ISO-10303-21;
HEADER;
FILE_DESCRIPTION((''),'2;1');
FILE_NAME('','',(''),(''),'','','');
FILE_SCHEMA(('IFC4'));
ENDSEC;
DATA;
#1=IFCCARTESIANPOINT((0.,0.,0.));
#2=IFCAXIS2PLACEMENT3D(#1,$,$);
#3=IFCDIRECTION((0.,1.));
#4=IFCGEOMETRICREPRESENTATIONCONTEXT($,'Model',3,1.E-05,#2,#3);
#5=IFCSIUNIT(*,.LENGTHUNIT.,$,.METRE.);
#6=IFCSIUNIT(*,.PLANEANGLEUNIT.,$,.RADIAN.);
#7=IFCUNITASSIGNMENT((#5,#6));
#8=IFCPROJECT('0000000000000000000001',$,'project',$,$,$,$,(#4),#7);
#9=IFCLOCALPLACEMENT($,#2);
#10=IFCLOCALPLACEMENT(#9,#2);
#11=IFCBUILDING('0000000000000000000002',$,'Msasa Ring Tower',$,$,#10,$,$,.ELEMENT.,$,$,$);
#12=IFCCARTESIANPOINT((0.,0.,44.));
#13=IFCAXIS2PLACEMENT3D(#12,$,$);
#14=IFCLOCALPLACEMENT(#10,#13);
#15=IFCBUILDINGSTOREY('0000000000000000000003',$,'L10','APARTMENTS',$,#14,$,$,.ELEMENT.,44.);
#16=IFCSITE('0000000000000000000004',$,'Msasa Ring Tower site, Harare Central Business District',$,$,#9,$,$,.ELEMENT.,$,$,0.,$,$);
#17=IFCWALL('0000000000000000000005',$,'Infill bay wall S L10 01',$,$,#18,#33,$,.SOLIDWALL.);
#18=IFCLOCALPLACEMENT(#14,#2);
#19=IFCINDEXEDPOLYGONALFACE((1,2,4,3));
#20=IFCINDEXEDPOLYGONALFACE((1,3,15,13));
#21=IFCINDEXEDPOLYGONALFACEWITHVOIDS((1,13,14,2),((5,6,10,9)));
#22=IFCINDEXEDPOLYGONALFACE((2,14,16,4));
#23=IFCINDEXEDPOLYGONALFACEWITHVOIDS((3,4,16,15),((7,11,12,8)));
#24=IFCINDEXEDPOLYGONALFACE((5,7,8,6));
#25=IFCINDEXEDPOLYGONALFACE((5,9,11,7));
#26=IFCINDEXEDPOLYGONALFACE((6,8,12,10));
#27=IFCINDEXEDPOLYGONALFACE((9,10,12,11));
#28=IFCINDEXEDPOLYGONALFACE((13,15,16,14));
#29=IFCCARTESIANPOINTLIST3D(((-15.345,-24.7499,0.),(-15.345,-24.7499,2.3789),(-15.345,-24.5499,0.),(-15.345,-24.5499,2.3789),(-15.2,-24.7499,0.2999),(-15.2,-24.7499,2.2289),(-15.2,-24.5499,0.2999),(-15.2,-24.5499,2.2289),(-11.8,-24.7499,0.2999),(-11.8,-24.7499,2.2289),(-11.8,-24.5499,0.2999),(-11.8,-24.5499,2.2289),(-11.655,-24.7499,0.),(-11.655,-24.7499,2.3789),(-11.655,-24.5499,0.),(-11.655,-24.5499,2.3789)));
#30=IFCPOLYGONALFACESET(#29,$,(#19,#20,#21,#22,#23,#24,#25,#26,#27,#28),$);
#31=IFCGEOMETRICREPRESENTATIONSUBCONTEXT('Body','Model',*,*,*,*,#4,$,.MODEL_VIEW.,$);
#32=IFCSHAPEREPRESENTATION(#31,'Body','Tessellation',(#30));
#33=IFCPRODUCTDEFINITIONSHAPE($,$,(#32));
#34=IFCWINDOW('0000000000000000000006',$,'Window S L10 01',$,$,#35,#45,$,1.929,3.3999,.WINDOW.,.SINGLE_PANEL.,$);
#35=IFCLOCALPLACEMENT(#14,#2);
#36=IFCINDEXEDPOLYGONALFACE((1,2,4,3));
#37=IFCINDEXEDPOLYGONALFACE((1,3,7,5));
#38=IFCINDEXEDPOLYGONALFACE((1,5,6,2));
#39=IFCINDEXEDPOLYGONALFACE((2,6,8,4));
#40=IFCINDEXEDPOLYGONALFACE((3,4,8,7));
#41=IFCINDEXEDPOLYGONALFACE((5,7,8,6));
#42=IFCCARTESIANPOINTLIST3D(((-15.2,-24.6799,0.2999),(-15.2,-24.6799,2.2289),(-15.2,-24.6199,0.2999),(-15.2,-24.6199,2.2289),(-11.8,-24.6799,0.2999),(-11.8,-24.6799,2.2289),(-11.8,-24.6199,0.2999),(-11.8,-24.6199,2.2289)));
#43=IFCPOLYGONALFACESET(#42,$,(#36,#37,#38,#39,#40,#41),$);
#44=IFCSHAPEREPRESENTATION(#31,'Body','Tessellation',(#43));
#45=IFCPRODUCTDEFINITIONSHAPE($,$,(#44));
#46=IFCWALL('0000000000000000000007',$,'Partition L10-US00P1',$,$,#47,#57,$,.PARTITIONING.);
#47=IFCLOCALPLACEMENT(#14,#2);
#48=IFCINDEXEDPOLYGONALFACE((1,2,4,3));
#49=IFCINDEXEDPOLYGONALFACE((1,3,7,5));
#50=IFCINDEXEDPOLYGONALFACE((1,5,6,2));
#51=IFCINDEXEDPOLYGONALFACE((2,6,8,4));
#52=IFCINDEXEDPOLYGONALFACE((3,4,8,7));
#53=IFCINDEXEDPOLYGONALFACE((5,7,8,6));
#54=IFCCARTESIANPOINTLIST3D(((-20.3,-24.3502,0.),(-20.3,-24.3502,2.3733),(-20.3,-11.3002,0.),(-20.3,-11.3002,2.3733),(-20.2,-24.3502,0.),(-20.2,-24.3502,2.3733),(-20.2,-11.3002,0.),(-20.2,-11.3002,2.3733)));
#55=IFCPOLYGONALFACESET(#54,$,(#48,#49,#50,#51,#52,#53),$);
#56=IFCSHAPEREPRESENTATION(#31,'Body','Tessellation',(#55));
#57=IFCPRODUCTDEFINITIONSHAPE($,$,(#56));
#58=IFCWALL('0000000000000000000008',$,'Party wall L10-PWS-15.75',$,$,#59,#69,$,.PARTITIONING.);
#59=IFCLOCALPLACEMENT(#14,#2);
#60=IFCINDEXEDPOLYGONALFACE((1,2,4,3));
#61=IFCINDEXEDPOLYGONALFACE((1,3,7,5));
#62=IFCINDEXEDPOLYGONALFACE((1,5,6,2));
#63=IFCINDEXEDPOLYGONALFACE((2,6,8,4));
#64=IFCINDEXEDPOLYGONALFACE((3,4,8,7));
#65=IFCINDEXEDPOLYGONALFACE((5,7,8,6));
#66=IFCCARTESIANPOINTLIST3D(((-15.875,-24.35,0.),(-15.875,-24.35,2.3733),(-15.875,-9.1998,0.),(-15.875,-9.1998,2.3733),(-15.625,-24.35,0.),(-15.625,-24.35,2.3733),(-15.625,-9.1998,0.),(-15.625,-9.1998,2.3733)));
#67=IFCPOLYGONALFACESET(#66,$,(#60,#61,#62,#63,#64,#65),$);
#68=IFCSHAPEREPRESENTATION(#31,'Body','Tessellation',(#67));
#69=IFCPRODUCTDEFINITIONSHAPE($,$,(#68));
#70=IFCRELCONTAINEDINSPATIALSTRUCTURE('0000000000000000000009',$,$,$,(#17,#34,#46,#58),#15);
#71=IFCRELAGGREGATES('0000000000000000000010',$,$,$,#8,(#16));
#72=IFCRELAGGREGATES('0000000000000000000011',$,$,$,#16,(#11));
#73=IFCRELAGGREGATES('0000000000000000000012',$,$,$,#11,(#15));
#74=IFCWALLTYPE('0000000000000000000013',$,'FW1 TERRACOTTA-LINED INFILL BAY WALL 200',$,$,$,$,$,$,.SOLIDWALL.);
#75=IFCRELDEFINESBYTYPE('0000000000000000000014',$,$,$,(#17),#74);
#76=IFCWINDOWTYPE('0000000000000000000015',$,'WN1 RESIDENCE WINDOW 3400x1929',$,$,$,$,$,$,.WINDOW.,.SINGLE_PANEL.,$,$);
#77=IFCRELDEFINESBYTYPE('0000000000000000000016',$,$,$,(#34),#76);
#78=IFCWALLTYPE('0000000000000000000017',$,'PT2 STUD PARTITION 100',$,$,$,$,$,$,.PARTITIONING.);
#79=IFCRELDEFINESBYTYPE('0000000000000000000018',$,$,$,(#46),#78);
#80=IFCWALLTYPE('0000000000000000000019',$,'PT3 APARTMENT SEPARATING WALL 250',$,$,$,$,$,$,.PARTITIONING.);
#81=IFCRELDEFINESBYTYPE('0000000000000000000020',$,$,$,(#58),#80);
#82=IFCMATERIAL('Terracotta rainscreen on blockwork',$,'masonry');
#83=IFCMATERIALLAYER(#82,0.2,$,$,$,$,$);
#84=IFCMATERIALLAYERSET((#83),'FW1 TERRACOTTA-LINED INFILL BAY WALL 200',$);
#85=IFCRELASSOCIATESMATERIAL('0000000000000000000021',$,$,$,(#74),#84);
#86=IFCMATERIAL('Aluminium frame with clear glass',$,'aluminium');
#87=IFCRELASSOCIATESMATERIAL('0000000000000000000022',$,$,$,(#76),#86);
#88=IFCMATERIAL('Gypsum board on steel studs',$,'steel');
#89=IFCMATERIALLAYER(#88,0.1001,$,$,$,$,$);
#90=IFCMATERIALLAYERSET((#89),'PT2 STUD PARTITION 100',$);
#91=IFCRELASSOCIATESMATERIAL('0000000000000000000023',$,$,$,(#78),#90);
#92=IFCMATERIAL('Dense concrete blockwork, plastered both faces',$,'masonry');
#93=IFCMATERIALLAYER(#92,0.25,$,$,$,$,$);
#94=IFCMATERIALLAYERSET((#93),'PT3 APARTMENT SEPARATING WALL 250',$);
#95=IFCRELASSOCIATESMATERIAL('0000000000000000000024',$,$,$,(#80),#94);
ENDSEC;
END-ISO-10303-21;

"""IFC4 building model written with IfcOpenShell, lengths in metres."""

from ifc_helpers import new_model, si_unit, direction, frame, frame_2d, origin, place, context, subcontext, project, spatial, rectangle, extrude, material, layer, layer_set, type_object, element, fill, save


model = new_model("IFC4")

# Units and contexts
model_context = context("Model", 3, precision=1e-05, world=origin(), true_north=direction((0.0, 1.0)))
body_context = subcontext(model_context, "Body", "Model", "MODEL_VIEW")
ifc_project = project(units=[si_unit("LENGTHUNIT", "METRE"), si_unit("PLANEANGLEUNIT", "RADIAN")], contexts=[model_context])

# Site, building, storey
site_placement = place(None, origin())
site = spatial("IfcSite", under=ifc_project, at=site_placement, Name="Msasa Ring Tower site, Harare Central Business District", CompositionType="ELEMENT", RefElevation=0.0)
building_placement = place(site_placement, origin())
building = spatial("IfcBuilding", under=site, at=building_placement, Name="Msasa Ring Tower", CompositionType="ELEMENT")
storey_placement = place(building_placement, frame((0.0, 0.0, 44.0)))
storey = spatial("IfcBuildingStorey", under=building, at=storey_placement, Name="L10", Description="APARTMENTS", CompositionType="ELEMENT", Elevation=44.0)

# Wall, opening, window
ifc_material_1 = material(Name="Terracotta rainscreen on blockwork", Category="masonry")
ifc_layer_1 = layer(ifc_material_1, 0.2)
ifc_layer_set_1 = layer_set([ifc_layer_1], Name="FW1 TERRACOTTA-LINED INFILL BAY WALL 200")
wall_type_1 = type_object("IfcWallType", Name="FW1 TERRACOTTA-LINED INFILL BAY WALL 200", PredefinedType="SOLIDWALL", material=ifc_layer_set_1)
ifc_material_2 = material(Name="Aluminium frame with clear glass", Category="aluminium")
window_type = type_object("IfcWindowType", Name="WN1 RESIDENCE WINDOW 3400x1929", PartitioningType="SINGLE_PANEL", PredefinedType="WINDOW", material=ifc_material_2)
wall_1_placement = place(storey_placement, frame((-15.345, -24.6499, 0.0), z_axis=(0.0, 0.0, 1.0), x_axis=(1.0, 0.0, 0.0)))
wall_1 = element("IfcWall", 1, at=wall_1_placement, inside=storey, type_object=wall_type_1, Name="Infill bay wall S L10 01", PredefinedType="SOLIDWALL", context=body_context, shape_type="SweptSolid", body=[
    extrude(rectangle(XDim=3.6899, YDim=0.2, at=frame_2d((1.845, 0.0))), origin(), (0.0, 0.0, 1.0), 2.3789),
])
opening_1_placement = place(wall_1_placement, frame((0.145, 0.0, 0.3)))
opening_1 = element("IfcOpeningElement", 2, at=opening_1_placement, cuts=wall_1, PredefinedType="OPENING", context=body_context, shape_type="SweptSolid", body=[
    extrude(rectangle(XDim=3.3999, YDim=1.929, at=frame_2d((1.7, 0.9644))), frame((0.0, 0.1099, 0.0), z_axis=(0.0, -1.0, 0.0), x_axis=(1.0, 0.0, 0.0)), (0.0, 0.0, 1.0), 0.22),
])
window_1_placement = place(opening_1_placement, origin())
window_1 = element("IfcWindow", 3, at=window_1_placement, inside=storey, type_object=window_type, Name="Window S L10 01", OverallHeight=1.929, OverallWidth=3.3999, PartitioningType="SINGLE_PANEL", PredefinedType="WINDOW", context=body_context, shape_type="SweptSolid", body=[
    extrude(rectangle(XDim=3.3999, YDim=1.929, at=frame_2d((1.7, 0.9644))), frame((0.0, 0.03, 0.0), z_axis=(0.0, -1.0, 0.0), x_axis=(1.0, 0.0, 0.0)), (0.0, 0.0, 1.0), 0.0601),
])
fill(opening_1, window_1)

# Walls
ifc_material_3 = material(Name="Gypsum board on steel studs", Category="steel")
ifc_layer_2 = layer(ifc_material_3, 0.1001)
ifc_layer_set_2 = layer_set([ifc_layer_2], Name="PT2 STUD PARTITION 100")
wall_type_2 = type_object("IfcWallType", Name="PT2 STUD PARTITION 100", PredefinedType="PARTITIONING", material=ifc_layer_set_2)
wall_2_placement = place(storey_placement, frame((-20.25, -24.3501, 0.0), z_axis=(0.0, 0.0, 1.0), x_axis=(0.0, 1.0, 0.0)))
element("IfcWall", 4, at=wall_2_placement, inside=storey, type_object=wall_type_2, Name="Partition L10-US00P1", PredefinedType="PARTITIONING", context=body_context, shape_type="SweptSolid", body=[
    extrude(rectangle(XDim=13.05, YDim=0.1001, at=frame_2d((6.5249, 0.0))), origin(), (0.0, 0.0, 1.0), 2.3733),
])
ifc_material_4 = material(Name="Dense concrete blockwork, plastered both faces", Category="masonry")
ifc_layer_3 = layer(ifc_material_4, 0.25)
ifc_layer_set_3 = layer_set([ifc_layer_3], Name="PT3 APARTMENT SEPARATING WALL 250")
wall_type_3 = type_object("IfcWallType", Name="PT3 APARTMENT SEPARATING WALL 250", PredefinedType="PARTITIONING", material=ifc_layer_set_3)
wall_3_placement = place(storey_placement, frame((-15.75, -24.3501, 0.0), z_axis=(0.0, 0.0, 1.0), x_axis=(0.0, 1.0, 0.0)))
element("IfcWall", 5, at=wall_3_placement, inside=storey, type_object=wall_type_3, Name="Party wall L10-PWS-15.75", PredefinedType="PARTITIONING", context=body_context, shape_type="SweptSolid", body=[
    extrude(rectangle(XDim=15.1501, YDim=0.25, at=frame_2d((7.5752, 0.0))), origin(), (0.0, 0.0, 1.0), 2.3733),
])

save(model, "model.ifc")
